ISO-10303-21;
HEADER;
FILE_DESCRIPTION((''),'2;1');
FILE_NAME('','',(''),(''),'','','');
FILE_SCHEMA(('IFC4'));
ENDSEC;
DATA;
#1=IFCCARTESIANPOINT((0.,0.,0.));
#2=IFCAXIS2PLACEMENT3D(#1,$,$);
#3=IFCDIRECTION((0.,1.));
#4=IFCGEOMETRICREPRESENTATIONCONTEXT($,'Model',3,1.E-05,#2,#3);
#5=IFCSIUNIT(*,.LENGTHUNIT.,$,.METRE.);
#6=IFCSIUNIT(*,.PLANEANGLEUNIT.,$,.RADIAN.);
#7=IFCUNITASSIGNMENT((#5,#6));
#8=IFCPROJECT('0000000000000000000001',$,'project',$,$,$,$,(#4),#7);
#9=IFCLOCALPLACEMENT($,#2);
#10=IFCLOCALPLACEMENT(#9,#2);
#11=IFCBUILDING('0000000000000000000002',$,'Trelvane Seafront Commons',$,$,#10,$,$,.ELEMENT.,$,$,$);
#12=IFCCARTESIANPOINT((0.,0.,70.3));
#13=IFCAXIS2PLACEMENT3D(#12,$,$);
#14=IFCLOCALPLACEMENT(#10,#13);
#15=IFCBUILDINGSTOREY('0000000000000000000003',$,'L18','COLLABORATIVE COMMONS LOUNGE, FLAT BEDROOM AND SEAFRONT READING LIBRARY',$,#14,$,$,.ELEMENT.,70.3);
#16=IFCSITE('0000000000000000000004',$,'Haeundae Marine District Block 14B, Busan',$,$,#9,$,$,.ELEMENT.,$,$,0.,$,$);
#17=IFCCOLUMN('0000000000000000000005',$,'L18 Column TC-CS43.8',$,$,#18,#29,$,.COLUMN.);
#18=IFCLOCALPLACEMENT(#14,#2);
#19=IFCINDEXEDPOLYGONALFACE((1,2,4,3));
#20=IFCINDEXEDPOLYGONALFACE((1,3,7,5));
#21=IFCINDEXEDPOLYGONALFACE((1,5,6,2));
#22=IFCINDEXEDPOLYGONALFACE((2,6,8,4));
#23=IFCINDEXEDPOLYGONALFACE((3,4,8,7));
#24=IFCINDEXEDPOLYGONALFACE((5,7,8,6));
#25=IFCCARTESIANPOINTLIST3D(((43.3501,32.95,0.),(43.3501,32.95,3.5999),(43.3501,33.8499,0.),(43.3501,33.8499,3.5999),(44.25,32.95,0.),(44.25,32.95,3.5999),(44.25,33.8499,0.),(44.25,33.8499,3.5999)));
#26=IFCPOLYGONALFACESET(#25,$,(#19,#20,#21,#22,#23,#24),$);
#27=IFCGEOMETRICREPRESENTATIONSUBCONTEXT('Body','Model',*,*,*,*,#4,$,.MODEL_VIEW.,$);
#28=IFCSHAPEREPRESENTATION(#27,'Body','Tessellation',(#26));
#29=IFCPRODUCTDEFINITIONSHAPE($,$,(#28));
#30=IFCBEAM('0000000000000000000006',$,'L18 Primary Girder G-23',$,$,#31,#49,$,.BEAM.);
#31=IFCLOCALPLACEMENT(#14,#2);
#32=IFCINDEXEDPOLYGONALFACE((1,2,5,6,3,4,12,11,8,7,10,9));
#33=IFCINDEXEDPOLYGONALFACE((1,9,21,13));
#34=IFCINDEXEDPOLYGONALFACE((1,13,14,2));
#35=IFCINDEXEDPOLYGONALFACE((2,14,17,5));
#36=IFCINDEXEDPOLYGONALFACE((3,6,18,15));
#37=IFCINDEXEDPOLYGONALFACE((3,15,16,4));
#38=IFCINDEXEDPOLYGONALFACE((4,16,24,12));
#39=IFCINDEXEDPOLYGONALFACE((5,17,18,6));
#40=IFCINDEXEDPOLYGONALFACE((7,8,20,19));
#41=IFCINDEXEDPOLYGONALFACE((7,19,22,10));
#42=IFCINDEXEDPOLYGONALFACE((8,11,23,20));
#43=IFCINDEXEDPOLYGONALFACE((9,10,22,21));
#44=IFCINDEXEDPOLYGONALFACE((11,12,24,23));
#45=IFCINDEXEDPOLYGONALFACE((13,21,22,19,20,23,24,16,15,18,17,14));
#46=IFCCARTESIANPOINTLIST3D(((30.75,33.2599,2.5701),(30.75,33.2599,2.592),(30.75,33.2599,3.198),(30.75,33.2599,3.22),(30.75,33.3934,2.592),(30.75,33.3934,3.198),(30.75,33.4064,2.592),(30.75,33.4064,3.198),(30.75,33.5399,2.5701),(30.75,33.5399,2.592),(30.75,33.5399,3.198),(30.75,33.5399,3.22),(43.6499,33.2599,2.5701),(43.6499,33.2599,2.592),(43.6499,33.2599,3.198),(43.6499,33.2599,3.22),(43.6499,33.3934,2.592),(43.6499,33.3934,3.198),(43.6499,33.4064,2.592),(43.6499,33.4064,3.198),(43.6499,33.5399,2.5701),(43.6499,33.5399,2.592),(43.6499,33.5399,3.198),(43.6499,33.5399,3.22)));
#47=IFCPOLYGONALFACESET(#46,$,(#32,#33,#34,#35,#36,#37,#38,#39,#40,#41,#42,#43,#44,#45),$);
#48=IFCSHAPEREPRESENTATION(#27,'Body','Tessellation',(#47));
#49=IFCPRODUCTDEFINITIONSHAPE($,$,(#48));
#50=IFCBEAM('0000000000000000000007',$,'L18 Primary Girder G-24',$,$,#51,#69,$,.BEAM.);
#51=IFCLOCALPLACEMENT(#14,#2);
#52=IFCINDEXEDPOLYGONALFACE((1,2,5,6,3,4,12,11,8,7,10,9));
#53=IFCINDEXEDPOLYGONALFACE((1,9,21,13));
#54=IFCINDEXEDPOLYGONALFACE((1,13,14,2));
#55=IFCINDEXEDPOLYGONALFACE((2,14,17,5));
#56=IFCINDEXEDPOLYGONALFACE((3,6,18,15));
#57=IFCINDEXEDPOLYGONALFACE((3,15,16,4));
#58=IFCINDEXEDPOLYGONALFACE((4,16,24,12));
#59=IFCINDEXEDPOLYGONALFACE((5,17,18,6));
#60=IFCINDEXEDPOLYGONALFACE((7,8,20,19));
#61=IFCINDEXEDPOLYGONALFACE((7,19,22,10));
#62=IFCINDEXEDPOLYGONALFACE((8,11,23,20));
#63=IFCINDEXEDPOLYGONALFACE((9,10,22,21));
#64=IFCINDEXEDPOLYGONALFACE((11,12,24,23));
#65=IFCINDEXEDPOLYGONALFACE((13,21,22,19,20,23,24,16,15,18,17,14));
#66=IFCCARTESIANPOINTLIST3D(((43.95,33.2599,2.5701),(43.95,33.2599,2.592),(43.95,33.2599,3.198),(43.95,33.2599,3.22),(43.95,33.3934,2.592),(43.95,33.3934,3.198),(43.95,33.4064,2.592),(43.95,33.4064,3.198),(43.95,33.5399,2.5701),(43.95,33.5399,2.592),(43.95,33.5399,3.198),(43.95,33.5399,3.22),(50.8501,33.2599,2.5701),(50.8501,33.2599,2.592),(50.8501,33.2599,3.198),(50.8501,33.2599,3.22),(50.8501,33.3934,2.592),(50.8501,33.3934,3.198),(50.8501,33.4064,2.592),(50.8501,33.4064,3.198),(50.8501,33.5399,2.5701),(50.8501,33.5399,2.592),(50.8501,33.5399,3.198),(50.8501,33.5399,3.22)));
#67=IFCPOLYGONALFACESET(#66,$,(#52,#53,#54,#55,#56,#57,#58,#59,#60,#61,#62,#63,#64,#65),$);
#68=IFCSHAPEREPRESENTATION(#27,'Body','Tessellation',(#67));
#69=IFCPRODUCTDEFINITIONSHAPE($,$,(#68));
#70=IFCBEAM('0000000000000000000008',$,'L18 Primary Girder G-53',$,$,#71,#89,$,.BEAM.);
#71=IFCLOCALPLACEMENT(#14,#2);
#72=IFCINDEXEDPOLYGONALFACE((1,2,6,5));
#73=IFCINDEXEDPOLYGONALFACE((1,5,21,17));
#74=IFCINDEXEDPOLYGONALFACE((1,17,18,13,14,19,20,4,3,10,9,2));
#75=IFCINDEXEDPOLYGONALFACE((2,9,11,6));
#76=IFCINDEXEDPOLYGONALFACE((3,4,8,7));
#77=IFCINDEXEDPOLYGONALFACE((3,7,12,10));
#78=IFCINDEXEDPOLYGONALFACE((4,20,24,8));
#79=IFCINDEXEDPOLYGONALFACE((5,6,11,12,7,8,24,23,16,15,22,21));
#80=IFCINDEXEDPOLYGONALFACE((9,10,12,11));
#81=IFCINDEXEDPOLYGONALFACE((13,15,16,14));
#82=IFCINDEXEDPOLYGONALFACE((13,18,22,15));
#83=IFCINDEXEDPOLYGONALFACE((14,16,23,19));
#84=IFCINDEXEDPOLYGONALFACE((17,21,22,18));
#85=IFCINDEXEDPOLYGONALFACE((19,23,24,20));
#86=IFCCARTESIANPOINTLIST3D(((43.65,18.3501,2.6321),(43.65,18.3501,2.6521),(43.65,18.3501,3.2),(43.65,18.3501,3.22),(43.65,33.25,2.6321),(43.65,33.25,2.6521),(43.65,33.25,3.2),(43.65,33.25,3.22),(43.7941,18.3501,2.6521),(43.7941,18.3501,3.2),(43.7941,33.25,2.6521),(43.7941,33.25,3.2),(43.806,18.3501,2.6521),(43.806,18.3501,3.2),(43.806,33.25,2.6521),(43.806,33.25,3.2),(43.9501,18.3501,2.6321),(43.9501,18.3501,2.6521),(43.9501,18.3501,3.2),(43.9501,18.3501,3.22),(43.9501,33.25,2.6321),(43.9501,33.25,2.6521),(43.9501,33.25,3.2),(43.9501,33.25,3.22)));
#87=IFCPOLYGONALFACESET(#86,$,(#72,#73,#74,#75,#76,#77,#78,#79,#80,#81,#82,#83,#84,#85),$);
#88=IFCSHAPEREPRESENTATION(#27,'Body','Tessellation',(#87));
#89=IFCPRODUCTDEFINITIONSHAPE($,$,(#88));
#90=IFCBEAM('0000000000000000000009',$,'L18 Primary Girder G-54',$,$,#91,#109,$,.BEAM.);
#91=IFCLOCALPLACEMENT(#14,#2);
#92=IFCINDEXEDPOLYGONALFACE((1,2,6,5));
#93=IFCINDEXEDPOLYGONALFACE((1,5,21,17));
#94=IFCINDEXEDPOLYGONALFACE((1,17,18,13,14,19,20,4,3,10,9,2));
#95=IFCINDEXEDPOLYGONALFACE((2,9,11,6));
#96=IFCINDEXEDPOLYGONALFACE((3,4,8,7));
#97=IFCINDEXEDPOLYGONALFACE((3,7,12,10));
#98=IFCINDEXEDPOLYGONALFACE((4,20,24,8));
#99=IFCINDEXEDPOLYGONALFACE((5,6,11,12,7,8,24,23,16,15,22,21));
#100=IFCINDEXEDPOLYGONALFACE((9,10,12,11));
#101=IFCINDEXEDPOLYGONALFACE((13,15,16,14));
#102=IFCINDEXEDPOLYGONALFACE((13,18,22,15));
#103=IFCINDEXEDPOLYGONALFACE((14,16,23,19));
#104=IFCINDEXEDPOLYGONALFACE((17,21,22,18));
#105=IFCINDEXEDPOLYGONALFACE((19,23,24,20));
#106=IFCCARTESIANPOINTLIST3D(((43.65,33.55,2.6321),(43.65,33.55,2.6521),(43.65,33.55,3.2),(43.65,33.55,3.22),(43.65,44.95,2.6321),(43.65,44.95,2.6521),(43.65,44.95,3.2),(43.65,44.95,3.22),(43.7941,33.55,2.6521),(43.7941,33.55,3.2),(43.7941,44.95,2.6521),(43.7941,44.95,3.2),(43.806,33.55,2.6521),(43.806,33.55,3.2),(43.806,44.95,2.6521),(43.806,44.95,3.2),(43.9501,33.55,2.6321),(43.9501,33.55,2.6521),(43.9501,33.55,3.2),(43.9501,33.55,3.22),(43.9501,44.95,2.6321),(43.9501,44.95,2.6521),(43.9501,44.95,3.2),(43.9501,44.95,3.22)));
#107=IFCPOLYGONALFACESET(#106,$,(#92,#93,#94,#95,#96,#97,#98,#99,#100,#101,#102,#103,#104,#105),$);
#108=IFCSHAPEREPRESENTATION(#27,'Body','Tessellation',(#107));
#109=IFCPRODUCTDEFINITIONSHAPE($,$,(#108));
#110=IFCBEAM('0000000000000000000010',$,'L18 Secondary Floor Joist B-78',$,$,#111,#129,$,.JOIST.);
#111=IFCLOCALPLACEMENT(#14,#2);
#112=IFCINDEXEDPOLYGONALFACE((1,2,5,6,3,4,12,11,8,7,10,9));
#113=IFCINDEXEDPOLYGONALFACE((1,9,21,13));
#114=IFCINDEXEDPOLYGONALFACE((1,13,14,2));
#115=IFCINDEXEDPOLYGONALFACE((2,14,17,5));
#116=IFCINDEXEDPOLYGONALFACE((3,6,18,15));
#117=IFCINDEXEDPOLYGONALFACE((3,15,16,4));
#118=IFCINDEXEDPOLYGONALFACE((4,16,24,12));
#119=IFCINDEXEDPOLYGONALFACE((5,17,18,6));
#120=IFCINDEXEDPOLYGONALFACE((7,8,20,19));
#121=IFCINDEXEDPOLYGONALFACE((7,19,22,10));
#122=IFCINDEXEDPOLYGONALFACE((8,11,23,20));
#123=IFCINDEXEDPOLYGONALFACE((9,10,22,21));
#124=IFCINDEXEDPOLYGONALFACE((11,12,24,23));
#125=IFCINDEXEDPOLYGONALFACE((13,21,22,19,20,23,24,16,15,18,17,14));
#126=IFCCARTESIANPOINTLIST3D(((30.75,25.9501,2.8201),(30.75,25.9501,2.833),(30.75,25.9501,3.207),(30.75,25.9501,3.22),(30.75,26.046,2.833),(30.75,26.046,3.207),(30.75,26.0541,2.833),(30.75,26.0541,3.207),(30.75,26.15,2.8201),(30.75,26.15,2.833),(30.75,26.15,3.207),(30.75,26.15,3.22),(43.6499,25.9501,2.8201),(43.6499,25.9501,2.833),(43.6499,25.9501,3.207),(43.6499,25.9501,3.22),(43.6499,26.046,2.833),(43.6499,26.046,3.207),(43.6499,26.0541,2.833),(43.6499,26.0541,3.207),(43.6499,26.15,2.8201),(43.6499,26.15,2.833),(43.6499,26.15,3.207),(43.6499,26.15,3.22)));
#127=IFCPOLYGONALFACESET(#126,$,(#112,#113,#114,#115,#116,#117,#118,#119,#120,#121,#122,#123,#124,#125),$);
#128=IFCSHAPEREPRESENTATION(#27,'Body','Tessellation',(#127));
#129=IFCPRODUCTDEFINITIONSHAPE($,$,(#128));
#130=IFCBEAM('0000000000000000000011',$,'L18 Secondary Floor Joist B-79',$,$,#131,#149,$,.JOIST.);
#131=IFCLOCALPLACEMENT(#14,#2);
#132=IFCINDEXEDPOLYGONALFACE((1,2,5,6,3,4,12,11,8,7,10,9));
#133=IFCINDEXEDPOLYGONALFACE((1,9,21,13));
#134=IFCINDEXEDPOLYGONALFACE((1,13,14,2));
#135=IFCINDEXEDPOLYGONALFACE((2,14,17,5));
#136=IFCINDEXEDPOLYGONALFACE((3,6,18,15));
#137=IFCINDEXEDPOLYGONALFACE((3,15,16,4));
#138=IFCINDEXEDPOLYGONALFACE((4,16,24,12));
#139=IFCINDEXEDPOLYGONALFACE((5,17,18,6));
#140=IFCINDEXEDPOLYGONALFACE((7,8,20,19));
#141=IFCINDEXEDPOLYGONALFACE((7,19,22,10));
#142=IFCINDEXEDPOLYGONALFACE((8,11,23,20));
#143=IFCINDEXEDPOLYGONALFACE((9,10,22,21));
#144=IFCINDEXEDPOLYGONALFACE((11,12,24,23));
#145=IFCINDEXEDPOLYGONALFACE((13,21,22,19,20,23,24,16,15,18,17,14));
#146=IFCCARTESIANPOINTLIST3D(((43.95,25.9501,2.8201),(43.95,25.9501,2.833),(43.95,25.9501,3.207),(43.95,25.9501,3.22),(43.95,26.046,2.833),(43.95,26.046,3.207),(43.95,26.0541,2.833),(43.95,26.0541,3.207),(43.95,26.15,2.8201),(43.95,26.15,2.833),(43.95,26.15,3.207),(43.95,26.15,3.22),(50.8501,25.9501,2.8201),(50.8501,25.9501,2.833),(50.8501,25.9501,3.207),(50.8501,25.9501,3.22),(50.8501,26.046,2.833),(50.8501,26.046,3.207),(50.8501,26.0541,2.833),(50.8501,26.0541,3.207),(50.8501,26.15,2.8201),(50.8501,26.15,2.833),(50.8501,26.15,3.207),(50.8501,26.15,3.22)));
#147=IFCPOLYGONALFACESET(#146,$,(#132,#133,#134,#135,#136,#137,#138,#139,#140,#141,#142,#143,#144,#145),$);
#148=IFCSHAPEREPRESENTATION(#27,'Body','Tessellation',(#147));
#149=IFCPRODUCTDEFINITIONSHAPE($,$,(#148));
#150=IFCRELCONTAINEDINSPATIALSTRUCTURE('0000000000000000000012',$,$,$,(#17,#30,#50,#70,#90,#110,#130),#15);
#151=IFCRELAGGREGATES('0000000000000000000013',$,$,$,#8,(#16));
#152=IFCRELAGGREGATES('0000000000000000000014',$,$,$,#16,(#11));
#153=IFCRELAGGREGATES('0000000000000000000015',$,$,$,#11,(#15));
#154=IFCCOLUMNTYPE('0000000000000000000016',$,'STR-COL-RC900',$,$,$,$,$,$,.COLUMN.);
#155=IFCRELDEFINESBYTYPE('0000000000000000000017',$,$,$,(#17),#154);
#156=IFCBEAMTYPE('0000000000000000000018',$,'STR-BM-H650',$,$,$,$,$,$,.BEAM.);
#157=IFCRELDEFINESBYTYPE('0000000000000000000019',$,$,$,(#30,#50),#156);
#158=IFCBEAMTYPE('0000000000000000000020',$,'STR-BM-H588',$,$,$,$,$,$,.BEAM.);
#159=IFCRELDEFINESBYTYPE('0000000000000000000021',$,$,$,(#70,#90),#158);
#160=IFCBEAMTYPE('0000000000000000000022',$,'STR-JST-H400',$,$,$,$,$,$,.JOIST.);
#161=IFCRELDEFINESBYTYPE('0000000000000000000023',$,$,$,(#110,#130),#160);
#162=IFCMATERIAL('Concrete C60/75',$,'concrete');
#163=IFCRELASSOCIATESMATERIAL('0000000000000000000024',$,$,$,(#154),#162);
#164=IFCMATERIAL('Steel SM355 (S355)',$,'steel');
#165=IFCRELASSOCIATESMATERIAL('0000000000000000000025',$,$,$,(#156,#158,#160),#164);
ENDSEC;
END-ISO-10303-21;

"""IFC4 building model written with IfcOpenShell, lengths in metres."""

from ifc_helpers import new_model, si_unit, direction, frame, origin, origin_2d, place, context, subcontext, project, spatial, rectangle, i_section, extrude, source, transform, mapped, material, material_profile, profile_set, type_object, element, save


model = new_model("IFC4")

# Units and contexts
model_context = context("Model", 3, precision=1e-05, world=origin(), true_north=direction((0.0, 1.0)))
body_context = subcontext(model_context, "Body", "Model", "MODEL_VIEW")
ifc_project = project(units=[si_unit("LENGTHUNIT", "METRE"), si_unit("PLANEANGLEUNIT", "RADIAN")], contexts=[model_context])

# Site, building, storey
site_placement = place(None, origin())
site = spatial("IfcSite", under=ifc_project, at=site_placement, Name="Haeundae Marine District Block 14B, Busan", CompositionType="ELEMENT", RefElevation=0.0)
building_placement = place(site_placement, origin())
building = spatial("IfcBuilding", under=site, at=building_placement, Name="Trelvane Seafront Commons", CompositionType="ELEMENT")
storey_placement = place(building_placement, frame((0.0, 0.0, 70.3)))
storey = spatial("IfcBuildingStorey", under=building, at=storey_placement, Name="L18", Description="COLLABORATIVE COMMONS LOUNGE, FLAT BEDROOM AND SEAFRONT READING LIBRARY", CompositionType="ELEMENT", Elevation=70.3)

# Column
ifc_material_1 = material(Name="Concrete C60/75", Category="concrete")
ifc_material_profile_1 = material_profile(ifc_material_1, rectangle(XDim=0.8999, YDim=0.8999, at=origin_2d()), Name="RC-900x900")
ifc_profile_set_1 = profile_set([ifc_material_profile_1], Name="Concrete C60/75")
column_type = type_object("IfcColumnType", Name="STR-COL-RC900", PredefinedType="COLUMN", material=ifc_profile_set_1)
shared_shape_1 = source(origin(), body_context, "Body", "SweptSolid", [
    extrude(rectangle(XDim=0.8999, YDim=0.8999, at=origin_2d()), origin(), (0.0, 0.0, 1.0), 3.5999),
])
column_placement = place(storey_placement, frame((43.8, 33.3999, 0.0), z_axis=(0.0, 0.0, 1.0), x_axis=(1.0, 0.0, 0.0)))
element("IfcColumn", 1, at=column_placement, inside=storey, type_object=column_type, Name="L18 Column TC-CS43.8", PredefinedType="COLUMN", context=body_context, shape_type="MappedRepresentation", body=[
    mapped(shared_shape_1, transform((0.0, 0.0, 0.0), x_axis=(1.0, 0.0, 0.0), y_axis=(0.0, 1.0, 0.0), z_axis=(0.0, 0.0, 1.0), scale=1.0)),
])

# Beams
ifc_material_2 = material(Name="Steel SM355 (S355)", Category="steel")
ifc_material_profile_2 = material_profile(ifc_material_2, i_section(OverallWidth=0.28, OverallDepth=0.6499, WebThickness=0.0129, FlangeThickness=0.022, at=origin_2d()), Name="H-650x280x13x22")
ifc_profile_set_2 = profile_set([ifc_material_profile_2], Name="Steel SM355 (S355)")
beam_type_1 = type_object("IfcBeamType", Name="STR-BM-H650", PredefinedType="BEAM", material=ifc_profile_set_2)
shared_shape_2 = source(origin(), body_context, "Body", "SweptSolid", [
    extrude(i_section(OverallWidth=0.28, OverallDepth=0.6499, WebThickness=0.0129, FlangeThickness=0.022, at=origin_2d()), origin(), (0.0, 0.0, 1.0), 12.8999),
])
beam_1_placement = place(storey_placement, frame((30.75, 33.3999, 2.895), z_axis=(1.0, 0.0, 0.0), x_axis=(0.0, 1.0, 0.0)))
element("IfcBeam", 2, at=beam_1_placement, inside=storey, type_object=beam_type_1, Name="L18 Primary Girder G-23", PredefinedType="BEAM", context=body_context, shape_type="MappedRepresentation", body=[
    mapped(shared_shape_2, transform((0.0, 0.0, 0.0), x_axis=(1.0, 0.0, 0.0), y_axis=(0.0, 1.0, 0.0), z_axis=(0.0, 0.0, 1.0), scale=1.0)),
])
shared_shape_3 = source(origin(), body_context, "Body", "SweptSolid", [
    extrude(i_section(OverallWidth=0.28, OverallDepth=0.6499, WebThickness=0.0129, FlangeThickness=0.022, at=origin_2d()), origin(), (0.0, 0.0, 1.0), 6.9001),
])
beam_2_placement = place(storey_placement, frame((43.95, 33.3999, 2.895), z_axis=(1.0, 0.0, 0.0), x_axis=(0.0, 1.0, 0.0)))
element("IfcBeam", 3, at=beam_2_placement, inside=storey, type_object=beam_type_1, Name="L18 Primary Girder G-24", PredefinedType="BEAM", context=body_context, shape_type="MappedRepresentation", body=[
    mapped(shared_shape_3, transform((0.0, 0.0, 0.0), x_axis=(1.0, 0.0, 0.0), y_axis=(0.0, 1.0, 0.0), z_axis=(0.0, 0.0, 1.0), scale=1.0)),
])
ifc_material_profile_3 = material_profile(ifc_material_2, i_section(OverallWidth=0.3, OverallDepth=0.5879, WebThickness=0.012, FlangeThickness=0.02, at=origin_2d()), Name="H-588x300x12x20")
ifc_profile_set_3 = profile_set([ifc_material_profile_3], Name="Steel SM355 (S355)")
beam_type_2 = type_object("IfcBeamType", Name="STR-BM-H588", PredefinedType="BEAM", material=ifc_profile_set_3)
shared_shape_4 = source(origin(), body_context, "Body", "SweptSolid", [
    extrude(i_section(OverallWidth=0.3, OverallDepth=0.5879, WebThickness=0.012, FlangeThickness=0.02, at=origin_2d()), origin(), (0.0, 0.0, 1.0), 14.8999),
])
beam_3_placement = place(storey_placement, frame((43.8, 18.3501, 2.926), z_axis=(0.0, 1.0, 0.0), x_axis=(-1.0, 0.0, 0.0)))
element("IfcBeam", 4, at=beam_3_placement, inside=storey, type_object=beam_type_2, Name="L18 Primary Girder G-53", PredefinedType="BEAM", context=body_context, shape_type="MappedRepresentation", body=[
    mapped(shared_shape_4, transform((0.0, 0.0, 0.0), x_axis=(1.0, 0.0, 0.0), y_axis=(0.0, 1.0, 0.0), z_axis=(0.0, 0.0, 1.0), scale=1.0)),
])
shared_shape_5 = source(origin(), body_context, "Body", "SweptSolid", [
    extrude(i_section(OverallWidth=0.3, OverallDepth=0.5879, WebThickness=0.012, FlangeThickness=0.02, at=origin_2d()), origin(), (0.0, 0.0, 1.0), 11.3999),
])
beam_4_placement = place(storey_placement, frame((43.8, 33.55, 2.926), z_axis=(0.0, 1.0, 0.0), x_axis=(-1.0, 0.0, 0.0)))
element("IfcBeam", 5, at=beam_4_placement, inside=storey, type_object=beam_type_2, Name="L18 Primary Girder G-54", PredefinedType="BEAM", context=body_context, shape_type="MappedRepresentation", body=[
    mapped(shared_shape_5, transform((0.0, 0.0, 0.0), x_axis=(1.0, 0.0, 0.0), y_axis=(0.0, 1.0, 0.0), z_axis=(0.0, 0.0, 1.0), scale=1.0)),
])
ifc_material_profile_4 = material_profile(ifc_material_2, i_section(OverallWidth=0.2, OverallDepth=0.3999, WebThickness=0.0081, FlangeThickness=0.0129, at=origin_2d()), Name="H-400x200x8x13")
ifc_profile_set_4 = profile_set([ifc_material_profile_4], Name="Steel SM355 (S355)")
beam_type_3 = type_object("IfcBeamType", Name="STR-JST-H400", PredefinedType="JOIST", material=ifc_profile_set_4)
shared_shape_6 = source(origin(), body_context, "Body", "SweptSolid", [
    extrude(i_section(OverallWidth=0.2, OverallDepth=0.3999, WebThickness=0.0081, FlangeThickness=0.0129, at=origin_2d()), origin(), (0.0, 0.0, 1.0), 12.8999),
])
beam_5_placement = place(storey_placement, frame((30.75, 26.05, 3.02), z_axis=(1.0, 0.0, 0.0), x_axis=(0.0, 1.0, 0.0)))
element("IfcBeam", 6, at=beam_5_placement, inside=storey, type_object=beam_type_3, Name="L18 Secondary Floor Joist B-78", PredefinedType="JOIST", context=body_context, shape_type="MappedRepresentation", body=[
    mapped(shared_shape_6, transform((0.0, 0.0, 0.0), x_axis=(1.0, 0.0, 0.0), y_axis=(0.0, 1.0, 0.0), z_axis=(0.0, 0.0, 1.0), scale=1.0)),
])
shared_shape_7 = source(origin(), body_context, "Body", "SweptSolid", [
    extrude(i_section(OverallWidth=0.2, OverallDepth=0.3999, WebThickness=0.0081, FlangeThickness=0.0129, at=origin_2d()), origin(), (0.0, 0.0, 1.0), 6.9001),
])
beam_6_placement = place(storey_placement, frame((43.95, 26.05, 3.02), z_axis=(1.0, 0.0, 0.0), x_axis=(0.0, 1.0, 0.0)))
element("IfcBeam", 7, at=beam_6_placement, inside=storey, type_object=beam_type_3, Name="L18 Secondary Floor Joist B-79", PredefinedType="JOIST", context=body_context, shape_type="MappedRepresentation", body=[
    mapped(shared_shape_7, transform((0.0, 0.0, 0.0), x_axis=(1.0, 0.0, 0.0), y_axis=(0.0, 1.0, 0.0), z_axis=(0.0, 0.0, 1.0), scale=1.0)),
])

save(model, "model.ifc")
